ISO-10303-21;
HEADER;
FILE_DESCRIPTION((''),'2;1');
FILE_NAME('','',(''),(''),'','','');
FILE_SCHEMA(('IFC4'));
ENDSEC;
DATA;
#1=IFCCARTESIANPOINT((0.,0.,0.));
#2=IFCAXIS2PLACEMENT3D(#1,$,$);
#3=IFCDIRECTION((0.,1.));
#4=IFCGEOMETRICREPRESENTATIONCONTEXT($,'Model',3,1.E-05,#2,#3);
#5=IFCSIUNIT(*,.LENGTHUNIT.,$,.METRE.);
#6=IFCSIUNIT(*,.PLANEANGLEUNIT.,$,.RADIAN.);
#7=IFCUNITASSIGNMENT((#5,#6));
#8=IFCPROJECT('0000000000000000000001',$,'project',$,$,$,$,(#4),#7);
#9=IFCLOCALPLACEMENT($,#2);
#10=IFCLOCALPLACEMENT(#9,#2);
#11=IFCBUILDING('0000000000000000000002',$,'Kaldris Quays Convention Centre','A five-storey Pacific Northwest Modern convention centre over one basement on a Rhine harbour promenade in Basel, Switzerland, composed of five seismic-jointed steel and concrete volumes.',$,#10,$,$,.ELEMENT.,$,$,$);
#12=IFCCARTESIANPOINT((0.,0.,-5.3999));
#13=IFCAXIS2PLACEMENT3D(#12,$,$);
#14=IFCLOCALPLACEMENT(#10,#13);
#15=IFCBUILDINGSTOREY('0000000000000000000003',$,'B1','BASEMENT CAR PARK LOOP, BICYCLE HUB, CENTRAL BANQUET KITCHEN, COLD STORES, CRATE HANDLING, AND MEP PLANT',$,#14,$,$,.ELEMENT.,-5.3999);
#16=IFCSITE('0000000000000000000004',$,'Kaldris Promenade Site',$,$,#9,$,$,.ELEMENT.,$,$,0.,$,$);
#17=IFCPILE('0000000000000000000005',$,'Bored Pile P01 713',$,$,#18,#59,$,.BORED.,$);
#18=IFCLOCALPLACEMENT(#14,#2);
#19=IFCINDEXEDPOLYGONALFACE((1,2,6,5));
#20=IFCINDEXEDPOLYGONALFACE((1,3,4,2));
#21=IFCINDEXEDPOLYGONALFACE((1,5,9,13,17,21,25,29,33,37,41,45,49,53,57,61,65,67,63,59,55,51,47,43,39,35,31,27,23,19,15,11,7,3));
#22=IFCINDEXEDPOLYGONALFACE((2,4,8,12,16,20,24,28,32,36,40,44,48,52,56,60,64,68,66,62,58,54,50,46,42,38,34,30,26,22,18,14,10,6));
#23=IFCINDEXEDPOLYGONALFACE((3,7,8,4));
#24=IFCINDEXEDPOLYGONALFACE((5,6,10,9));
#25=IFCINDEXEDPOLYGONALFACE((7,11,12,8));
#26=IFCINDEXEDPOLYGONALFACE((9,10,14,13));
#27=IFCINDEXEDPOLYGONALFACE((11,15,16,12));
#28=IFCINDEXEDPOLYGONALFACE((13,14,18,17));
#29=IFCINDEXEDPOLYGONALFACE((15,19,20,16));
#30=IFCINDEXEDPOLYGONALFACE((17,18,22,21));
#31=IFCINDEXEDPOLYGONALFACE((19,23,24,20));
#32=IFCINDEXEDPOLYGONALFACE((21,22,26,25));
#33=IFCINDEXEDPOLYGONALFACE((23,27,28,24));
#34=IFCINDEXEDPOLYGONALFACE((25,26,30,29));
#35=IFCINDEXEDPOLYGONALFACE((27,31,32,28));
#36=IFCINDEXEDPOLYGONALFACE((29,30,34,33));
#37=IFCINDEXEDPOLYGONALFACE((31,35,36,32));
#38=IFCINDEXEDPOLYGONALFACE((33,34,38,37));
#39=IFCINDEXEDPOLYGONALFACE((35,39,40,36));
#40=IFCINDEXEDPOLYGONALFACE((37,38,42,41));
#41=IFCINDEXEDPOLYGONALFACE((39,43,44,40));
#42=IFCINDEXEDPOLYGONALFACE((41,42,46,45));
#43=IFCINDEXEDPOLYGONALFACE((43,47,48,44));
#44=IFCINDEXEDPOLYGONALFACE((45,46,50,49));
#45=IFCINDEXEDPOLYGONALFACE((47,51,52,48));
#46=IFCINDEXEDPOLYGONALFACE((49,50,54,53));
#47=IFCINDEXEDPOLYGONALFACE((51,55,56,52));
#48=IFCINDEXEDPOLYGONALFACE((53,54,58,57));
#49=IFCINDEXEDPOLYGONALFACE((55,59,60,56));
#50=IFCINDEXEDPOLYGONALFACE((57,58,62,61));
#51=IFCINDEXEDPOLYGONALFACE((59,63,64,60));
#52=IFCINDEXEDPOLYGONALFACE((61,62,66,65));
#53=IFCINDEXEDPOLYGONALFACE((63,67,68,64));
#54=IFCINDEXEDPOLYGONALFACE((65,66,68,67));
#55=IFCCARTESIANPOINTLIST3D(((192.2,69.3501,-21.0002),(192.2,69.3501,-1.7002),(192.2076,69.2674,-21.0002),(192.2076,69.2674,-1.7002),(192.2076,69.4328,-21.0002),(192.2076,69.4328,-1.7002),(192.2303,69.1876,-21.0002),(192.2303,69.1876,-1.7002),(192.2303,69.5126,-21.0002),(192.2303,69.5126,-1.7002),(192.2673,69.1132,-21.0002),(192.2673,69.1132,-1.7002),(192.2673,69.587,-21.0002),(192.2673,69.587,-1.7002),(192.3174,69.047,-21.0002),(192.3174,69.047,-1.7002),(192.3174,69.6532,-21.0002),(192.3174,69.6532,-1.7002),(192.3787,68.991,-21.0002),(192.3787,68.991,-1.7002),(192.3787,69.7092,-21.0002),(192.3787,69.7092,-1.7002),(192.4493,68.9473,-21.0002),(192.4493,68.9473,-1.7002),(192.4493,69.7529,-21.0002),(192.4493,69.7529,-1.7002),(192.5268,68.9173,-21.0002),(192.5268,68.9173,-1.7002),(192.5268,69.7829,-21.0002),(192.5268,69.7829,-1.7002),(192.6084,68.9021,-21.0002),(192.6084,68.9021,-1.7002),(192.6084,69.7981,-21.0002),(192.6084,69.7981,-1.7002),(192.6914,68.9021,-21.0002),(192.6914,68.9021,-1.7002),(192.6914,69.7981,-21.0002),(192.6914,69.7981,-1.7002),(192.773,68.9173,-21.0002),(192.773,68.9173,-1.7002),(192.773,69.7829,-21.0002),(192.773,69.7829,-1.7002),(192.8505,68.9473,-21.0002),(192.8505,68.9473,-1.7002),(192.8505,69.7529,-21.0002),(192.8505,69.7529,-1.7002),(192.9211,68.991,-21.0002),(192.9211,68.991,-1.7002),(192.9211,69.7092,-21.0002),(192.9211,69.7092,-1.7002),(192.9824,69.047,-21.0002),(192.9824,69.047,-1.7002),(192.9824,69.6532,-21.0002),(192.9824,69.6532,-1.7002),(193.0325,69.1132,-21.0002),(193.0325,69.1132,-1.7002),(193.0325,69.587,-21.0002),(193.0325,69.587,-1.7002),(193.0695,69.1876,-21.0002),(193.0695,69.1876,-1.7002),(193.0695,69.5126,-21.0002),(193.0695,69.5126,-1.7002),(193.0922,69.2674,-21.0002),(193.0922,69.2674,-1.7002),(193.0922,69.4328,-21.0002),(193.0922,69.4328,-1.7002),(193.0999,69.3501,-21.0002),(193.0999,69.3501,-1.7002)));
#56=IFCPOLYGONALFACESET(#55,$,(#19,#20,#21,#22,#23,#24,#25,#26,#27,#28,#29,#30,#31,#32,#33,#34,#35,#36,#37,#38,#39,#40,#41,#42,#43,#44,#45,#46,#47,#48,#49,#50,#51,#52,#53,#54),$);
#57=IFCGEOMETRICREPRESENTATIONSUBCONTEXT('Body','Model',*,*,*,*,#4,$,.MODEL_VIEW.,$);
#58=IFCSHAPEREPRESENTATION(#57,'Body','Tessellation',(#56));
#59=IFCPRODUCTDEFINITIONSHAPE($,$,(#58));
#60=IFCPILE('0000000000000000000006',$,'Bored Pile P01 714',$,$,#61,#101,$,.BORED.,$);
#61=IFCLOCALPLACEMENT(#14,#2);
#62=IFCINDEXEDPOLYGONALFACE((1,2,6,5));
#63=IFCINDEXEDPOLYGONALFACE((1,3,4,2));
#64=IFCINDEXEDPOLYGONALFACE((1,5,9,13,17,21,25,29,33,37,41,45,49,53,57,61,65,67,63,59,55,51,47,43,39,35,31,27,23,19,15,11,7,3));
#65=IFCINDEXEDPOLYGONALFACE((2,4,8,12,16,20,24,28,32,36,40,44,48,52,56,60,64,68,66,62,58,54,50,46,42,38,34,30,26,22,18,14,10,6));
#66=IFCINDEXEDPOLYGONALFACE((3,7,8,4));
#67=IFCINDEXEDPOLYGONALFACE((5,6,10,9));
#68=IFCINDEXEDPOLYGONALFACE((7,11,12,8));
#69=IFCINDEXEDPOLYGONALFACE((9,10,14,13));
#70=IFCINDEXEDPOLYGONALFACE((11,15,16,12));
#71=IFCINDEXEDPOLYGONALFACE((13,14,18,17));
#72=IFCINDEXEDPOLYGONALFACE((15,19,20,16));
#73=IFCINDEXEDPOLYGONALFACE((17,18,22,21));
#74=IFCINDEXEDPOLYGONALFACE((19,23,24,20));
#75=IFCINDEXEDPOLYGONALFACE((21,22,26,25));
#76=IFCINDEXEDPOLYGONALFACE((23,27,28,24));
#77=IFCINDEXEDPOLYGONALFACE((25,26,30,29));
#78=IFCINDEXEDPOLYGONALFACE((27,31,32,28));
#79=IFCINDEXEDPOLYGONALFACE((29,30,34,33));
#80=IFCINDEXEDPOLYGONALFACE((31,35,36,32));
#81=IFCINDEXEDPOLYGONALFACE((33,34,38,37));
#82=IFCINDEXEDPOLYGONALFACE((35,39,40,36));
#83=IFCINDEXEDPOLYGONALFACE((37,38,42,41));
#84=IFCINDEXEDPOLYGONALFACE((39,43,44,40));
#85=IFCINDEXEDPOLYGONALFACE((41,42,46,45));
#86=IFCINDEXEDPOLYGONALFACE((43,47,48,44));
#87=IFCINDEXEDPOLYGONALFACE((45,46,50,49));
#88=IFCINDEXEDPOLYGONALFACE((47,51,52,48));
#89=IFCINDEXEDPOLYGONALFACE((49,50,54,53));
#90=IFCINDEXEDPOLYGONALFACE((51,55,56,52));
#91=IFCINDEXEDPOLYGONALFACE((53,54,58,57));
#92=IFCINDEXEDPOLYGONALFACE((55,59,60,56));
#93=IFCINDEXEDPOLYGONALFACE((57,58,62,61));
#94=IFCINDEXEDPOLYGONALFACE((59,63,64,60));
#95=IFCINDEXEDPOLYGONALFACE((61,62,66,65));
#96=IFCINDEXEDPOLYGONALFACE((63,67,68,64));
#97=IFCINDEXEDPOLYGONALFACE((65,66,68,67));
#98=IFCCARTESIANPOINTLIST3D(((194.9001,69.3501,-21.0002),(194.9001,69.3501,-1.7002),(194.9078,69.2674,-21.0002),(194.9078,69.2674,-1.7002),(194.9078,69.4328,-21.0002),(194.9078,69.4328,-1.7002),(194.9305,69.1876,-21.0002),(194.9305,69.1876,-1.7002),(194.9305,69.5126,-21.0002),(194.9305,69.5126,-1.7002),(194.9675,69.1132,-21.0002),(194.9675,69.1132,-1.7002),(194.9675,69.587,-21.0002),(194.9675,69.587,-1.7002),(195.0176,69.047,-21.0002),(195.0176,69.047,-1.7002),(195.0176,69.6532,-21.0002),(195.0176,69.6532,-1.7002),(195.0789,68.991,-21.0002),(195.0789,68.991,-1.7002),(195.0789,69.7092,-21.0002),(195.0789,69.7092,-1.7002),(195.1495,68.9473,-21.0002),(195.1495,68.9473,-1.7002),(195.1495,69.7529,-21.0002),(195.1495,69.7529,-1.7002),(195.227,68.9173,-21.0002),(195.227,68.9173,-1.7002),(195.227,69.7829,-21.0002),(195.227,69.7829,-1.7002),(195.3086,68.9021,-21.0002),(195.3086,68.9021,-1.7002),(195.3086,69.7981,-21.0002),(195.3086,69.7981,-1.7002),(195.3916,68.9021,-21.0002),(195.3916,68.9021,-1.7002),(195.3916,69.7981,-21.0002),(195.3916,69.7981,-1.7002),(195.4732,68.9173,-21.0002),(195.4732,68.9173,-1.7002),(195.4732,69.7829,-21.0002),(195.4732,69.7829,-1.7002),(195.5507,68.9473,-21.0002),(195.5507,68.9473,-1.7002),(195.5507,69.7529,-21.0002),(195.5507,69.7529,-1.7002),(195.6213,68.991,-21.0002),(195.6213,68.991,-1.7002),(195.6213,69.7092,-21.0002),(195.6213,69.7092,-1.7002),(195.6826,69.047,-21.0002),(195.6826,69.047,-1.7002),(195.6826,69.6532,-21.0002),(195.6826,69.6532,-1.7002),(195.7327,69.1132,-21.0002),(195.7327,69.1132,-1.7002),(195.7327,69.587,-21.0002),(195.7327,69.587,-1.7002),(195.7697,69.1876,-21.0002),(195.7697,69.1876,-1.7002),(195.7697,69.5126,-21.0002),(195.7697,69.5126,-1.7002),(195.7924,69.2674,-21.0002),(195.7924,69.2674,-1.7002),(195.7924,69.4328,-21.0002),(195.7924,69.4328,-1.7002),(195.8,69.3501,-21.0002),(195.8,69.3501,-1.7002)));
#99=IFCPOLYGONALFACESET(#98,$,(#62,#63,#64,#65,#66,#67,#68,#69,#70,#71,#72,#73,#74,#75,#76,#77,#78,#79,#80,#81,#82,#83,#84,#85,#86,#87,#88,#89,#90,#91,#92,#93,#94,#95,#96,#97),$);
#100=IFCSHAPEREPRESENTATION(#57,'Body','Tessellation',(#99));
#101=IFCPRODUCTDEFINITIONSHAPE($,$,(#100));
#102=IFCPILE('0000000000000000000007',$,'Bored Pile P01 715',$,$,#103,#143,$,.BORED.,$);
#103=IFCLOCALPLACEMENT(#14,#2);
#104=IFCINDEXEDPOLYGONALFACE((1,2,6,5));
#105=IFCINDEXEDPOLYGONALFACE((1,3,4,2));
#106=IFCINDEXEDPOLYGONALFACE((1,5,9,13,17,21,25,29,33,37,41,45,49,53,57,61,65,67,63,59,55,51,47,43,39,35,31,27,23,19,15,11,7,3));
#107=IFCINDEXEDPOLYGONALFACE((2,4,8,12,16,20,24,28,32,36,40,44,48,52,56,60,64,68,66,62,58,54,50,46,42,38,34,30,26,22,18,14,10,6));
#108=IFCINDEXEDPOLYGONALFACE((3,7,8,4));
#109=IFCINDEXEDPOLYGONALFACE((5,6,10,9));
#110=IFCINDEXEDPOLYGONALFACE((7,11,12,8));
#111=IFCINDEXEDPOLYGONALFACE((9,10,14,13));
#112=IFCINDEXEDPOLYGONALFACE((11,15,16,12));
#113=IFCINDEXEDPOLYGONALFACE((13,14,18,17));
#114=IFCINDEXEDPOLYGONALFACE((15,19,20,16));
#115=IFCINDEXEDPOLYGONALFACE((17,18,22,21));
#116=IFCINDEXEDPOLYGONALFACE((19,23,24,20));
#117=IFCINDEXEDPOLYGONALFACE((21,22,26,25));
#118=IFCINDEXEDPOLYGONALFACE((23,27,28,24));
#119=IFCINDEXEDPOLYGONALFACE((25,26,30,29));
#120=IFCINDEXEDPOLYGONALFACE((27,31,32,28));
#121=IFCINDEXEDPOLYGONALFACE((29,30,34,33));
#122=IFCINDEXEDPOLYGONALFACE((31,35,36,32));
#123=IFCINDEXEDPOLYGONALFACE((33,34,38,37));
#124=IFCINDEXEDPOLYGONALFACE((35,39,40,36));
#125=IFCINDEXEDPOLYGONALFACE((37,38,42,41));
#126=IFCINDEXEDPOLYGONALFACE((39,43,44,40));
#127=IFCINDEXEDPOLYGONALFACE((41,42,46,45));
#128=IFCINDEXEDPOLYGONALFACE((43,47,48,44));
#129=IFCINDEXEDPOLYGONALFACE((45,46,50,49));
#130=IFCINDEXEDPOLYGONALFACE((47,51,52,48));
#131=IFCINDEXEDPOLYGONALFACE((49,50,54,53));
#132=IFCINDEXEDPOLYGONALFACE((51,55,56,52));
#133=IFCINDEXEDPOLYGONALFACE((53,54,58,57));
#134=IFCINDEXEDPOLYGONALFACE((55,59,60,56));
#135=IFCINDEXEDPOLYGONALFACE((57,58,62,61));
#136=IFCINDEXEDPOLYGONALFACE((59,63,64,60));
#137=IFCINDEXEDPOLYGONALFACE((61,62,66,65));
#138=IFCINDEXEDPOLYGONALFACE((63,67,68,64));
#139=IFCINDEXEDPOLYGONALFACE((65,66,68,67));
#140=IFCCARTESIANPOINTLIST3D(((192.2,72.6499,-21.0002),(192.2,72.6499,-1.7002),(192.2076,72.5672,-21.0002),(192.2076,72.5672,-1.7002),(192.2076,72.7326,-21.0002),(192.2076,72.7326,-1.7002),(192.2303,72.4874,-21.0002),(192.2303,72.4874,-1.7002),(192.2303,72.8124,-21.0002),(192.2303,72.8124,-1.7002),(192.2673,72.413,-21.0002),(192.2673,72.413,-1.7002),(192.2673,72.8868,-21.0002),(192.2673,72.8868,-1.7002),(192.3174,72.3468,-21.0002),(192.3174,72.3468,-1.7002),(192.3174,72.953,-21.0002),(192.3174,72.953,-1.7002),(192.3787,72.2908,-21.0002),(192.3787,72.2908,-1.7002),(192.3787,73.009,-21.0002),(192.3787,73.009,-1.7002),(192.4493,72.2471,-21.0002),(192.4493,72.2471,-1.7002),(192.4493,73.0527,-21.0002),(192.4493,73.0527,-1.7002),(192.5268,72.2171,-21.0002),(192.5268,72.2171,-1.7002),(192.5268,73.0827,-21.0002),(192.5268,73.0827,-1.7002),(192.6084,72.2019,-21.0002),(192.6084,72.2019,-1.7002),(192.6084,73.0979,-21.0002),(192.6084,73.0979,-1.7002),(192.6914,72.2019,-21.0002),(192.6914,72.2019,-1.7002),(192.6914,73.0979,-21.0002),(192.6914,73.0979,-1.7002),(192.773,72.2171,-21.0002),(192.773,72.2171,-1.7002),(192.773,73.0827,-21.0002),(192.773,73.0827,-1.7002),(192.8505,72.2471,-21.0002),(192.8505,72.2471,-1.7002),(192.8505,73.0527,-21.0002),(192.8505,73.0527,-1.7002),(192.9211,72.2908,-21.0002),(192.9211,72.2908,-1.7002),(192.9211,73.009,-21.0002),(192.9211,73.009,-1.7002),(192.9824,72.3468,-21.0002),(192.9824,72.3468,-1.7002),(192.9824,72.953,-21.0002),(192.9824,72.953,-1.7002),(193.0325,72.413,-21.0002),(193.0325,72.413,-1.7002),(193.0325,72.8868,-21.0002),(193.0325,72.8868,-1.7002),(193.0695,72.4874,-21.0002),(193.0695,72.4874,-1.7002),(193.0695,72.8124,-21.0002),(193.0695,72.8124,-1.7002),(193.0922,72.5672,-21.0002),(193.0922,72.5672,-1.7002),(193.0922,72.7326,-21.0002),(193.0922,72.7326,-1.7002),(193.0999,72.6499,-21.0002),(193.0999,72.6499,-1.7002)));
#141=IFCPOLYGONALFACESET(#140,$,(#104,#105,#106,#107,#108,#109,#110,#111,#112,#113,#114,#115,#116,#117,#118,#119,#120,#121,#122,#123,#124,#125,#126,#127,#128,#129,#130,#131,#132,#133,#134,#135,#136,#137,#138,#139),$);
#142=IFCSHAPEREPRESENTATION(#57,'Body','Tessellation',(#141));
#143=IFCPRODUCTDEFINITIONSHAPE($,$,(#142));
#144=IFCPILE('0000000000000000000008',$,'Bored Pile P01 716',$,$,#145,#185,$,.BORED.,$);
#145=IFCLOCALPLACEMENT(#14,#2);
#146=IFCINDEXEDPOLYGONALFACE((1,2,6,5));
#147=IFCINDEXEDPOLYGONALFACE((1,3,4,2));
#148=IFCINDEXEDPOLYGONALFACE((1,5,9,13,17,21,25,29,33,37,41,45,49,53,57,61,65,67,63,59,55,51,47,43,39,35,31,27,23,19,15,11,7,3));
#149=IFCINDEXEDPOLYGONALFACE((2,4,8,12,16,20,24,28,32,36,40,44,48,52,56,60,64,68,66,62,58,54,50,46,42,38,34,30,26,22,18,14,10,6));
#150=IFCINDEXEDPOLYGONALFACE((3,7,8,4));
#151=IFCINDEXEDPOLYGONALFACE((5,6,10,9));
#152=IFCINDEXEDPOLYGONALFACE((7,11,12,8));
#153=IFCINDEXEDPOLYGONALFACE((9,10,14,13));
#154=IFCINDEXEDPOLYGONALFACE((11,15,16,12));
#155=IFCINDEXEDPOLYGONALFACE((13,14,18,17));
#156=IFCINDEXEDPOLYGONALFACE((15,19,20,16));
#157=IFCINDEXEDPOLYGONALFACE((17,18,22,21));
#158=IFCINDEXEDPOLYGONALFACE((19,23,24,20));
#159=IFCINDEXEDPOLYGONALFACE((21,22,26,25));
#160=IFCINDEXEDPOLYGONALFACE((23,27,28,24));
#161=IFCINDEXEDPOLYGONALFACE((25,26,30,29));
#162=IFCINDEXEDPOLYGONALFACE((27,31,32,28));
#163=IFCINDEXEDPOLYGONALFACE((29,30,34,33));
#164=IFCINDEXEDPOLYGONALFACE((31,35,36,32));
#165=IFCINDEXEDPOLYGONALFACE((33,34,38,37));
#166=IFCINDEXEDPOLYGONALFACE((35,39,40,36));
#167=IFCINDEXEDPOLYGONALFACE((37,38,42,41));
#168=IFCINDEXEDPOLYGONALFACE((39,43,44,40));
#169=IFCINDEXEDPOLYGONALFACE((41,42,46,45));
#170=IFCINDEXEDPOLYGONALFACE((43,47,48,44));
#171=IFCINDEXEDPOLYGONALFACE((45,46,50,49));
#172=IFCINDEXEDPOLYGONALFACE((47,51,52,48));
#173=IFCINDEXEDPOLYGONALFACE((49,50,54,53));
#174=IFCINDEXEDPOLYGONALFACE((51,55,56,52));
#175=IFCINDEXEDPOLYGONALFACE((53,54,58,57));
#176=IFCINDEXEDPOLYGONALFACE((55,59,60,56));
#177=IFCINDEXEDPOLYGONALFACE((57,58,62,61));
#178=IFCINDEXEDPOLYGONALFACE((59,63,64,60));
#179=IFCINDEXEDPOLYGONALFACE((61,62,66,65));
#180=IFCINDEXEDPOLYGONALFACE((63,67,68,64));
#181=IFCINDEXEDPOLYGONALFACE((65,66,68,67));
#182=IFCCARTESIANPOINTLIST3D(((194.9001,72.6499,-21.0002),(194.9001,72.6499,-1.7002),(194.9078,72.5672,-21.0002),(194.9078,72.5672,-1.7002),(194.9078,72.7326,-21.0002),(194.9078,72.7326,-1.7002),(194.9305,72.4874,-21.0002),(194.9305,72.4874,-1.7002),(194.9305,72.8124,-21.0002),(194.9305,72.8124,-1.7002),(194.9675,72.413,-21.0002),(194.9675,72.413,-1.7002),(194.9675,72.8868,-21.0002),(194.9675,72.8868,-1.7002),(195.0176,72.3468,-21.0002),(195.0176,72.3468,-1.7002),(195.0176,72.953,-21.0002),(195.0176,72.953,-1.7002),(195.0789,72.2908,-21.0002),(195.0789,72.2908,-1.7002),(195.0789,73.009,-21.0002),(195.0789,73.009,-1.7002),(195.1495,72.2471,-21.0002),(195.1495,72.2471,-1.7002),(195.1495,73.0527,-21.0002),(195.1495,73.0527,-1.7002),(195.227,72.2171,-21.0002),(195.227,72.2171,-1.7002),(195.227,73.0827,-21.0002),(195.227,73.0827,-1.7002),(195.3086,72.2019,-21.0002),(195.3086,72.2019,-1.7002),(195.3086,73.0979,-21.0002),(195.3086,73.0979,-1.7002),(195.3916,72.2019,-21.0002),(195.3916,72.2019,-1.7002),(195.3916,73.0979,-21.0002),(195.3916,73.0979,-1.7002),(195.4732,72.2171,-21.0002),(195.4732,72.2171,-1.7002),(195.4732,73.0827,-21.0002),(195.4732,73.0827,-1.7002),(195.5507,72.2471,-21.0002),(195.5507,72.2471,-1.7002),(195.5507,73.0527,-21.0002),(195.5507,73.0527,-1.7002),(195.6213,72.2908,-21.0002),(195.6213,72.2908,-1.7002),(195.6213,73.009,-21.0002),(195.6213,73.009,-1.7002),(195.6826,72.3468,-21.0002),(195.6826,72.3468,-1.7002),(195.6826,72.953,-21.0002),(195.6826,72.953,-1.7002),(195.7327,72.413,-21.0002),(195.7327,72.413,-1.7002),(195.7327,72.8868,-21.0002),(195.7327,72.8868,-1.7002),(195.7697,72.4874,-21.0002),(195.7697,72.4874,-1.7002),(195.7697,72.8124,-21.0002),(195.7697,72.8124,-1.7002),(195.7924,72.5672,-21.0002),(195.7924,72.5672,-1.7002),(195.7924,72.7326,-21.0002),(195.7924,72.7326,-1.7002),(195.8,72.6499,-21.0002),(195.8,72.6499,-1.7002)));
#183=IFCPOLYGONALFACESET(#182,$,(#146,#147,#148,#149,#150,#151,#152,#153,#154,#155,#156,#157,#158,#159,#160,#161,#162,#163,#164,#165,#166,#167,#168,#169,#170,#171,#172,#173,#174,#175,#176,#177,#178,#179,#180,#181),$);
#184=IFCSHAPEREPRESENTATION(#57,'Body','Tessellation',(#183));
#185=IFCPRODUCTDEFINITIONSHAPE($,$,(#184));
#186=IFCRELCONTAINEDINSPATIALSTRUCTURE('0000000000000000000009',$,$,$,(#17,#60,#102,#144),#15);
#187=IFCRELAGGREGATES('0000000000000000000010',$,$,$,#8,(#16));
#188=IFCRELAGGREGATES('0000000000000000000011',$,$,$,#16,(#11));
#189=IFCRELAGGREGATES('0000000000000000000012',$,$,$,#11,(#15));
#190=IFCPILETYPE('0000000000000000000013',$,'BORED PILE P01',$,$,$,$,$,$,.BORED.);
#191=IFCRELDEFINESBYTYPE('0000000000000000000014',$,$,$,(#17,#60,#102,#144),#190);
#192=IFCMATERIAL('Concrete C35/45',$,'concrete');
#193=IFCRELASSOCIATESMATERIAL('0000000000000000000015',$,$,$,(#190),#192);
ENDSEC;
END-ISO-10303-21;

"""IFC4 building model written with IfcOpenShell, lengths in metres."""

from ifc_helpers import new_model, si_unit, direction, frame, origin, origin_2d, place, context, subcontext, project, spatial, circle, extrude, material, material_profile, profile_set, type_object, element, save


model = new_model("IFC4")

# Units and contexts
model_context = context("Model", 3, precision=1e-05, world=origin(), true_north=direction((0.0, 1.0)))
body_context = subcontext(model_context, "Body", "Model", "MODEL_VIEW")
ifc_project = project(units=[si_unit("LENGTHUNIT", "METRE"), si_unit("PLANEANGLEUNIT", "RADIAN")], contexts=[model_context])

# Site, building, storey
site_placement = place(None, origin())
site = spatial("IfcSite", under=ifc_project, at=site_placement, Name="Kaldris Promenade Site", CompositionType="ELEMENT", RefElevation=0.0)
building_placement = place(site_placement, origin())
building = spatial("IfcBuilding", under=site, at=building_placement, Name="Kaldris Quays Convention Centre", Description="A five-storey Pacific Northwest Modern convention centre over one basement on a Rhine harbour promenade in Basel, Switzerland, composed of five seismic-jointed steel and concrete volumes.", CompositionType="ELEMENT")
storey_placement = place(building_placement, frame((0.0, 0.0, -5.3999)))
storey = spatial("IfcBuildingStorey", under=building, at=storey_placement, Name="B1", Description="BASEMENT CAR PARK LOOP, BICYCLE HUB, CENTRAL BANQUET KITCHEN, COLD STORES, CRATE HANDLING, AND MEP PLANT", CompositionType="ELEMENT", Elevation=-5.3999)

# Piles
ifc_material_1 = material(Name="Concrete C35/45", Category="concrete")
ifc_material_profile_1 = material_profile(ifc_material_1, circle(Radius=0.45, at=origin_2d()), Name="BORED PILE D900")
ifc_profile_set_1 = profile_set([ifc_material_profile_1], Name="Concrete C35/45")
pile_type = type_object("IfcPileType", Name="BORED PILE P01", PredefinedType="BORED", material=ifc_profile_set_1)
for number, where, z_axis, x_axis, name in (
    (1, (192.6499, 69.3501, -1.7002), (0.0, 0.0, -1.0), (1.0, 0.0, 0.0), "Bored Pile P01 713"),
    (2, (195.3501, 69.3501, -1.7002), (0.0, 0.0, -1.0), (1.0, 0.0, 0.0), "Bored Pile P01 714"),
    (3, (192.6499, 72.6499, -1.7002), (0.0, 0.0, -1.0), (1.0, 0.0, 0.0), "Bored Pile P01 715"),
    (4, (195.3501, 72.6499, -1.7002), (0.0, 0.0, -1.0), (1.0, 0.0, 0.0), "Bored Pile P01 716"),
):
    element("IfcPile", number, at=place(storey_placement, frame(where, z_axis=z_axis, x_axis=x_axis)), inside=storey, type_object=pile_type, Name=name, PredefinedType="BORED", context=body_context, shape_type="SweptSolid", body=[
        extrude(circle(Radius=0.45, at=origin_2d()), origin(), (0.0, 0.0, 1.0), 19.3),
    ])

save(model, "model.ifc")
